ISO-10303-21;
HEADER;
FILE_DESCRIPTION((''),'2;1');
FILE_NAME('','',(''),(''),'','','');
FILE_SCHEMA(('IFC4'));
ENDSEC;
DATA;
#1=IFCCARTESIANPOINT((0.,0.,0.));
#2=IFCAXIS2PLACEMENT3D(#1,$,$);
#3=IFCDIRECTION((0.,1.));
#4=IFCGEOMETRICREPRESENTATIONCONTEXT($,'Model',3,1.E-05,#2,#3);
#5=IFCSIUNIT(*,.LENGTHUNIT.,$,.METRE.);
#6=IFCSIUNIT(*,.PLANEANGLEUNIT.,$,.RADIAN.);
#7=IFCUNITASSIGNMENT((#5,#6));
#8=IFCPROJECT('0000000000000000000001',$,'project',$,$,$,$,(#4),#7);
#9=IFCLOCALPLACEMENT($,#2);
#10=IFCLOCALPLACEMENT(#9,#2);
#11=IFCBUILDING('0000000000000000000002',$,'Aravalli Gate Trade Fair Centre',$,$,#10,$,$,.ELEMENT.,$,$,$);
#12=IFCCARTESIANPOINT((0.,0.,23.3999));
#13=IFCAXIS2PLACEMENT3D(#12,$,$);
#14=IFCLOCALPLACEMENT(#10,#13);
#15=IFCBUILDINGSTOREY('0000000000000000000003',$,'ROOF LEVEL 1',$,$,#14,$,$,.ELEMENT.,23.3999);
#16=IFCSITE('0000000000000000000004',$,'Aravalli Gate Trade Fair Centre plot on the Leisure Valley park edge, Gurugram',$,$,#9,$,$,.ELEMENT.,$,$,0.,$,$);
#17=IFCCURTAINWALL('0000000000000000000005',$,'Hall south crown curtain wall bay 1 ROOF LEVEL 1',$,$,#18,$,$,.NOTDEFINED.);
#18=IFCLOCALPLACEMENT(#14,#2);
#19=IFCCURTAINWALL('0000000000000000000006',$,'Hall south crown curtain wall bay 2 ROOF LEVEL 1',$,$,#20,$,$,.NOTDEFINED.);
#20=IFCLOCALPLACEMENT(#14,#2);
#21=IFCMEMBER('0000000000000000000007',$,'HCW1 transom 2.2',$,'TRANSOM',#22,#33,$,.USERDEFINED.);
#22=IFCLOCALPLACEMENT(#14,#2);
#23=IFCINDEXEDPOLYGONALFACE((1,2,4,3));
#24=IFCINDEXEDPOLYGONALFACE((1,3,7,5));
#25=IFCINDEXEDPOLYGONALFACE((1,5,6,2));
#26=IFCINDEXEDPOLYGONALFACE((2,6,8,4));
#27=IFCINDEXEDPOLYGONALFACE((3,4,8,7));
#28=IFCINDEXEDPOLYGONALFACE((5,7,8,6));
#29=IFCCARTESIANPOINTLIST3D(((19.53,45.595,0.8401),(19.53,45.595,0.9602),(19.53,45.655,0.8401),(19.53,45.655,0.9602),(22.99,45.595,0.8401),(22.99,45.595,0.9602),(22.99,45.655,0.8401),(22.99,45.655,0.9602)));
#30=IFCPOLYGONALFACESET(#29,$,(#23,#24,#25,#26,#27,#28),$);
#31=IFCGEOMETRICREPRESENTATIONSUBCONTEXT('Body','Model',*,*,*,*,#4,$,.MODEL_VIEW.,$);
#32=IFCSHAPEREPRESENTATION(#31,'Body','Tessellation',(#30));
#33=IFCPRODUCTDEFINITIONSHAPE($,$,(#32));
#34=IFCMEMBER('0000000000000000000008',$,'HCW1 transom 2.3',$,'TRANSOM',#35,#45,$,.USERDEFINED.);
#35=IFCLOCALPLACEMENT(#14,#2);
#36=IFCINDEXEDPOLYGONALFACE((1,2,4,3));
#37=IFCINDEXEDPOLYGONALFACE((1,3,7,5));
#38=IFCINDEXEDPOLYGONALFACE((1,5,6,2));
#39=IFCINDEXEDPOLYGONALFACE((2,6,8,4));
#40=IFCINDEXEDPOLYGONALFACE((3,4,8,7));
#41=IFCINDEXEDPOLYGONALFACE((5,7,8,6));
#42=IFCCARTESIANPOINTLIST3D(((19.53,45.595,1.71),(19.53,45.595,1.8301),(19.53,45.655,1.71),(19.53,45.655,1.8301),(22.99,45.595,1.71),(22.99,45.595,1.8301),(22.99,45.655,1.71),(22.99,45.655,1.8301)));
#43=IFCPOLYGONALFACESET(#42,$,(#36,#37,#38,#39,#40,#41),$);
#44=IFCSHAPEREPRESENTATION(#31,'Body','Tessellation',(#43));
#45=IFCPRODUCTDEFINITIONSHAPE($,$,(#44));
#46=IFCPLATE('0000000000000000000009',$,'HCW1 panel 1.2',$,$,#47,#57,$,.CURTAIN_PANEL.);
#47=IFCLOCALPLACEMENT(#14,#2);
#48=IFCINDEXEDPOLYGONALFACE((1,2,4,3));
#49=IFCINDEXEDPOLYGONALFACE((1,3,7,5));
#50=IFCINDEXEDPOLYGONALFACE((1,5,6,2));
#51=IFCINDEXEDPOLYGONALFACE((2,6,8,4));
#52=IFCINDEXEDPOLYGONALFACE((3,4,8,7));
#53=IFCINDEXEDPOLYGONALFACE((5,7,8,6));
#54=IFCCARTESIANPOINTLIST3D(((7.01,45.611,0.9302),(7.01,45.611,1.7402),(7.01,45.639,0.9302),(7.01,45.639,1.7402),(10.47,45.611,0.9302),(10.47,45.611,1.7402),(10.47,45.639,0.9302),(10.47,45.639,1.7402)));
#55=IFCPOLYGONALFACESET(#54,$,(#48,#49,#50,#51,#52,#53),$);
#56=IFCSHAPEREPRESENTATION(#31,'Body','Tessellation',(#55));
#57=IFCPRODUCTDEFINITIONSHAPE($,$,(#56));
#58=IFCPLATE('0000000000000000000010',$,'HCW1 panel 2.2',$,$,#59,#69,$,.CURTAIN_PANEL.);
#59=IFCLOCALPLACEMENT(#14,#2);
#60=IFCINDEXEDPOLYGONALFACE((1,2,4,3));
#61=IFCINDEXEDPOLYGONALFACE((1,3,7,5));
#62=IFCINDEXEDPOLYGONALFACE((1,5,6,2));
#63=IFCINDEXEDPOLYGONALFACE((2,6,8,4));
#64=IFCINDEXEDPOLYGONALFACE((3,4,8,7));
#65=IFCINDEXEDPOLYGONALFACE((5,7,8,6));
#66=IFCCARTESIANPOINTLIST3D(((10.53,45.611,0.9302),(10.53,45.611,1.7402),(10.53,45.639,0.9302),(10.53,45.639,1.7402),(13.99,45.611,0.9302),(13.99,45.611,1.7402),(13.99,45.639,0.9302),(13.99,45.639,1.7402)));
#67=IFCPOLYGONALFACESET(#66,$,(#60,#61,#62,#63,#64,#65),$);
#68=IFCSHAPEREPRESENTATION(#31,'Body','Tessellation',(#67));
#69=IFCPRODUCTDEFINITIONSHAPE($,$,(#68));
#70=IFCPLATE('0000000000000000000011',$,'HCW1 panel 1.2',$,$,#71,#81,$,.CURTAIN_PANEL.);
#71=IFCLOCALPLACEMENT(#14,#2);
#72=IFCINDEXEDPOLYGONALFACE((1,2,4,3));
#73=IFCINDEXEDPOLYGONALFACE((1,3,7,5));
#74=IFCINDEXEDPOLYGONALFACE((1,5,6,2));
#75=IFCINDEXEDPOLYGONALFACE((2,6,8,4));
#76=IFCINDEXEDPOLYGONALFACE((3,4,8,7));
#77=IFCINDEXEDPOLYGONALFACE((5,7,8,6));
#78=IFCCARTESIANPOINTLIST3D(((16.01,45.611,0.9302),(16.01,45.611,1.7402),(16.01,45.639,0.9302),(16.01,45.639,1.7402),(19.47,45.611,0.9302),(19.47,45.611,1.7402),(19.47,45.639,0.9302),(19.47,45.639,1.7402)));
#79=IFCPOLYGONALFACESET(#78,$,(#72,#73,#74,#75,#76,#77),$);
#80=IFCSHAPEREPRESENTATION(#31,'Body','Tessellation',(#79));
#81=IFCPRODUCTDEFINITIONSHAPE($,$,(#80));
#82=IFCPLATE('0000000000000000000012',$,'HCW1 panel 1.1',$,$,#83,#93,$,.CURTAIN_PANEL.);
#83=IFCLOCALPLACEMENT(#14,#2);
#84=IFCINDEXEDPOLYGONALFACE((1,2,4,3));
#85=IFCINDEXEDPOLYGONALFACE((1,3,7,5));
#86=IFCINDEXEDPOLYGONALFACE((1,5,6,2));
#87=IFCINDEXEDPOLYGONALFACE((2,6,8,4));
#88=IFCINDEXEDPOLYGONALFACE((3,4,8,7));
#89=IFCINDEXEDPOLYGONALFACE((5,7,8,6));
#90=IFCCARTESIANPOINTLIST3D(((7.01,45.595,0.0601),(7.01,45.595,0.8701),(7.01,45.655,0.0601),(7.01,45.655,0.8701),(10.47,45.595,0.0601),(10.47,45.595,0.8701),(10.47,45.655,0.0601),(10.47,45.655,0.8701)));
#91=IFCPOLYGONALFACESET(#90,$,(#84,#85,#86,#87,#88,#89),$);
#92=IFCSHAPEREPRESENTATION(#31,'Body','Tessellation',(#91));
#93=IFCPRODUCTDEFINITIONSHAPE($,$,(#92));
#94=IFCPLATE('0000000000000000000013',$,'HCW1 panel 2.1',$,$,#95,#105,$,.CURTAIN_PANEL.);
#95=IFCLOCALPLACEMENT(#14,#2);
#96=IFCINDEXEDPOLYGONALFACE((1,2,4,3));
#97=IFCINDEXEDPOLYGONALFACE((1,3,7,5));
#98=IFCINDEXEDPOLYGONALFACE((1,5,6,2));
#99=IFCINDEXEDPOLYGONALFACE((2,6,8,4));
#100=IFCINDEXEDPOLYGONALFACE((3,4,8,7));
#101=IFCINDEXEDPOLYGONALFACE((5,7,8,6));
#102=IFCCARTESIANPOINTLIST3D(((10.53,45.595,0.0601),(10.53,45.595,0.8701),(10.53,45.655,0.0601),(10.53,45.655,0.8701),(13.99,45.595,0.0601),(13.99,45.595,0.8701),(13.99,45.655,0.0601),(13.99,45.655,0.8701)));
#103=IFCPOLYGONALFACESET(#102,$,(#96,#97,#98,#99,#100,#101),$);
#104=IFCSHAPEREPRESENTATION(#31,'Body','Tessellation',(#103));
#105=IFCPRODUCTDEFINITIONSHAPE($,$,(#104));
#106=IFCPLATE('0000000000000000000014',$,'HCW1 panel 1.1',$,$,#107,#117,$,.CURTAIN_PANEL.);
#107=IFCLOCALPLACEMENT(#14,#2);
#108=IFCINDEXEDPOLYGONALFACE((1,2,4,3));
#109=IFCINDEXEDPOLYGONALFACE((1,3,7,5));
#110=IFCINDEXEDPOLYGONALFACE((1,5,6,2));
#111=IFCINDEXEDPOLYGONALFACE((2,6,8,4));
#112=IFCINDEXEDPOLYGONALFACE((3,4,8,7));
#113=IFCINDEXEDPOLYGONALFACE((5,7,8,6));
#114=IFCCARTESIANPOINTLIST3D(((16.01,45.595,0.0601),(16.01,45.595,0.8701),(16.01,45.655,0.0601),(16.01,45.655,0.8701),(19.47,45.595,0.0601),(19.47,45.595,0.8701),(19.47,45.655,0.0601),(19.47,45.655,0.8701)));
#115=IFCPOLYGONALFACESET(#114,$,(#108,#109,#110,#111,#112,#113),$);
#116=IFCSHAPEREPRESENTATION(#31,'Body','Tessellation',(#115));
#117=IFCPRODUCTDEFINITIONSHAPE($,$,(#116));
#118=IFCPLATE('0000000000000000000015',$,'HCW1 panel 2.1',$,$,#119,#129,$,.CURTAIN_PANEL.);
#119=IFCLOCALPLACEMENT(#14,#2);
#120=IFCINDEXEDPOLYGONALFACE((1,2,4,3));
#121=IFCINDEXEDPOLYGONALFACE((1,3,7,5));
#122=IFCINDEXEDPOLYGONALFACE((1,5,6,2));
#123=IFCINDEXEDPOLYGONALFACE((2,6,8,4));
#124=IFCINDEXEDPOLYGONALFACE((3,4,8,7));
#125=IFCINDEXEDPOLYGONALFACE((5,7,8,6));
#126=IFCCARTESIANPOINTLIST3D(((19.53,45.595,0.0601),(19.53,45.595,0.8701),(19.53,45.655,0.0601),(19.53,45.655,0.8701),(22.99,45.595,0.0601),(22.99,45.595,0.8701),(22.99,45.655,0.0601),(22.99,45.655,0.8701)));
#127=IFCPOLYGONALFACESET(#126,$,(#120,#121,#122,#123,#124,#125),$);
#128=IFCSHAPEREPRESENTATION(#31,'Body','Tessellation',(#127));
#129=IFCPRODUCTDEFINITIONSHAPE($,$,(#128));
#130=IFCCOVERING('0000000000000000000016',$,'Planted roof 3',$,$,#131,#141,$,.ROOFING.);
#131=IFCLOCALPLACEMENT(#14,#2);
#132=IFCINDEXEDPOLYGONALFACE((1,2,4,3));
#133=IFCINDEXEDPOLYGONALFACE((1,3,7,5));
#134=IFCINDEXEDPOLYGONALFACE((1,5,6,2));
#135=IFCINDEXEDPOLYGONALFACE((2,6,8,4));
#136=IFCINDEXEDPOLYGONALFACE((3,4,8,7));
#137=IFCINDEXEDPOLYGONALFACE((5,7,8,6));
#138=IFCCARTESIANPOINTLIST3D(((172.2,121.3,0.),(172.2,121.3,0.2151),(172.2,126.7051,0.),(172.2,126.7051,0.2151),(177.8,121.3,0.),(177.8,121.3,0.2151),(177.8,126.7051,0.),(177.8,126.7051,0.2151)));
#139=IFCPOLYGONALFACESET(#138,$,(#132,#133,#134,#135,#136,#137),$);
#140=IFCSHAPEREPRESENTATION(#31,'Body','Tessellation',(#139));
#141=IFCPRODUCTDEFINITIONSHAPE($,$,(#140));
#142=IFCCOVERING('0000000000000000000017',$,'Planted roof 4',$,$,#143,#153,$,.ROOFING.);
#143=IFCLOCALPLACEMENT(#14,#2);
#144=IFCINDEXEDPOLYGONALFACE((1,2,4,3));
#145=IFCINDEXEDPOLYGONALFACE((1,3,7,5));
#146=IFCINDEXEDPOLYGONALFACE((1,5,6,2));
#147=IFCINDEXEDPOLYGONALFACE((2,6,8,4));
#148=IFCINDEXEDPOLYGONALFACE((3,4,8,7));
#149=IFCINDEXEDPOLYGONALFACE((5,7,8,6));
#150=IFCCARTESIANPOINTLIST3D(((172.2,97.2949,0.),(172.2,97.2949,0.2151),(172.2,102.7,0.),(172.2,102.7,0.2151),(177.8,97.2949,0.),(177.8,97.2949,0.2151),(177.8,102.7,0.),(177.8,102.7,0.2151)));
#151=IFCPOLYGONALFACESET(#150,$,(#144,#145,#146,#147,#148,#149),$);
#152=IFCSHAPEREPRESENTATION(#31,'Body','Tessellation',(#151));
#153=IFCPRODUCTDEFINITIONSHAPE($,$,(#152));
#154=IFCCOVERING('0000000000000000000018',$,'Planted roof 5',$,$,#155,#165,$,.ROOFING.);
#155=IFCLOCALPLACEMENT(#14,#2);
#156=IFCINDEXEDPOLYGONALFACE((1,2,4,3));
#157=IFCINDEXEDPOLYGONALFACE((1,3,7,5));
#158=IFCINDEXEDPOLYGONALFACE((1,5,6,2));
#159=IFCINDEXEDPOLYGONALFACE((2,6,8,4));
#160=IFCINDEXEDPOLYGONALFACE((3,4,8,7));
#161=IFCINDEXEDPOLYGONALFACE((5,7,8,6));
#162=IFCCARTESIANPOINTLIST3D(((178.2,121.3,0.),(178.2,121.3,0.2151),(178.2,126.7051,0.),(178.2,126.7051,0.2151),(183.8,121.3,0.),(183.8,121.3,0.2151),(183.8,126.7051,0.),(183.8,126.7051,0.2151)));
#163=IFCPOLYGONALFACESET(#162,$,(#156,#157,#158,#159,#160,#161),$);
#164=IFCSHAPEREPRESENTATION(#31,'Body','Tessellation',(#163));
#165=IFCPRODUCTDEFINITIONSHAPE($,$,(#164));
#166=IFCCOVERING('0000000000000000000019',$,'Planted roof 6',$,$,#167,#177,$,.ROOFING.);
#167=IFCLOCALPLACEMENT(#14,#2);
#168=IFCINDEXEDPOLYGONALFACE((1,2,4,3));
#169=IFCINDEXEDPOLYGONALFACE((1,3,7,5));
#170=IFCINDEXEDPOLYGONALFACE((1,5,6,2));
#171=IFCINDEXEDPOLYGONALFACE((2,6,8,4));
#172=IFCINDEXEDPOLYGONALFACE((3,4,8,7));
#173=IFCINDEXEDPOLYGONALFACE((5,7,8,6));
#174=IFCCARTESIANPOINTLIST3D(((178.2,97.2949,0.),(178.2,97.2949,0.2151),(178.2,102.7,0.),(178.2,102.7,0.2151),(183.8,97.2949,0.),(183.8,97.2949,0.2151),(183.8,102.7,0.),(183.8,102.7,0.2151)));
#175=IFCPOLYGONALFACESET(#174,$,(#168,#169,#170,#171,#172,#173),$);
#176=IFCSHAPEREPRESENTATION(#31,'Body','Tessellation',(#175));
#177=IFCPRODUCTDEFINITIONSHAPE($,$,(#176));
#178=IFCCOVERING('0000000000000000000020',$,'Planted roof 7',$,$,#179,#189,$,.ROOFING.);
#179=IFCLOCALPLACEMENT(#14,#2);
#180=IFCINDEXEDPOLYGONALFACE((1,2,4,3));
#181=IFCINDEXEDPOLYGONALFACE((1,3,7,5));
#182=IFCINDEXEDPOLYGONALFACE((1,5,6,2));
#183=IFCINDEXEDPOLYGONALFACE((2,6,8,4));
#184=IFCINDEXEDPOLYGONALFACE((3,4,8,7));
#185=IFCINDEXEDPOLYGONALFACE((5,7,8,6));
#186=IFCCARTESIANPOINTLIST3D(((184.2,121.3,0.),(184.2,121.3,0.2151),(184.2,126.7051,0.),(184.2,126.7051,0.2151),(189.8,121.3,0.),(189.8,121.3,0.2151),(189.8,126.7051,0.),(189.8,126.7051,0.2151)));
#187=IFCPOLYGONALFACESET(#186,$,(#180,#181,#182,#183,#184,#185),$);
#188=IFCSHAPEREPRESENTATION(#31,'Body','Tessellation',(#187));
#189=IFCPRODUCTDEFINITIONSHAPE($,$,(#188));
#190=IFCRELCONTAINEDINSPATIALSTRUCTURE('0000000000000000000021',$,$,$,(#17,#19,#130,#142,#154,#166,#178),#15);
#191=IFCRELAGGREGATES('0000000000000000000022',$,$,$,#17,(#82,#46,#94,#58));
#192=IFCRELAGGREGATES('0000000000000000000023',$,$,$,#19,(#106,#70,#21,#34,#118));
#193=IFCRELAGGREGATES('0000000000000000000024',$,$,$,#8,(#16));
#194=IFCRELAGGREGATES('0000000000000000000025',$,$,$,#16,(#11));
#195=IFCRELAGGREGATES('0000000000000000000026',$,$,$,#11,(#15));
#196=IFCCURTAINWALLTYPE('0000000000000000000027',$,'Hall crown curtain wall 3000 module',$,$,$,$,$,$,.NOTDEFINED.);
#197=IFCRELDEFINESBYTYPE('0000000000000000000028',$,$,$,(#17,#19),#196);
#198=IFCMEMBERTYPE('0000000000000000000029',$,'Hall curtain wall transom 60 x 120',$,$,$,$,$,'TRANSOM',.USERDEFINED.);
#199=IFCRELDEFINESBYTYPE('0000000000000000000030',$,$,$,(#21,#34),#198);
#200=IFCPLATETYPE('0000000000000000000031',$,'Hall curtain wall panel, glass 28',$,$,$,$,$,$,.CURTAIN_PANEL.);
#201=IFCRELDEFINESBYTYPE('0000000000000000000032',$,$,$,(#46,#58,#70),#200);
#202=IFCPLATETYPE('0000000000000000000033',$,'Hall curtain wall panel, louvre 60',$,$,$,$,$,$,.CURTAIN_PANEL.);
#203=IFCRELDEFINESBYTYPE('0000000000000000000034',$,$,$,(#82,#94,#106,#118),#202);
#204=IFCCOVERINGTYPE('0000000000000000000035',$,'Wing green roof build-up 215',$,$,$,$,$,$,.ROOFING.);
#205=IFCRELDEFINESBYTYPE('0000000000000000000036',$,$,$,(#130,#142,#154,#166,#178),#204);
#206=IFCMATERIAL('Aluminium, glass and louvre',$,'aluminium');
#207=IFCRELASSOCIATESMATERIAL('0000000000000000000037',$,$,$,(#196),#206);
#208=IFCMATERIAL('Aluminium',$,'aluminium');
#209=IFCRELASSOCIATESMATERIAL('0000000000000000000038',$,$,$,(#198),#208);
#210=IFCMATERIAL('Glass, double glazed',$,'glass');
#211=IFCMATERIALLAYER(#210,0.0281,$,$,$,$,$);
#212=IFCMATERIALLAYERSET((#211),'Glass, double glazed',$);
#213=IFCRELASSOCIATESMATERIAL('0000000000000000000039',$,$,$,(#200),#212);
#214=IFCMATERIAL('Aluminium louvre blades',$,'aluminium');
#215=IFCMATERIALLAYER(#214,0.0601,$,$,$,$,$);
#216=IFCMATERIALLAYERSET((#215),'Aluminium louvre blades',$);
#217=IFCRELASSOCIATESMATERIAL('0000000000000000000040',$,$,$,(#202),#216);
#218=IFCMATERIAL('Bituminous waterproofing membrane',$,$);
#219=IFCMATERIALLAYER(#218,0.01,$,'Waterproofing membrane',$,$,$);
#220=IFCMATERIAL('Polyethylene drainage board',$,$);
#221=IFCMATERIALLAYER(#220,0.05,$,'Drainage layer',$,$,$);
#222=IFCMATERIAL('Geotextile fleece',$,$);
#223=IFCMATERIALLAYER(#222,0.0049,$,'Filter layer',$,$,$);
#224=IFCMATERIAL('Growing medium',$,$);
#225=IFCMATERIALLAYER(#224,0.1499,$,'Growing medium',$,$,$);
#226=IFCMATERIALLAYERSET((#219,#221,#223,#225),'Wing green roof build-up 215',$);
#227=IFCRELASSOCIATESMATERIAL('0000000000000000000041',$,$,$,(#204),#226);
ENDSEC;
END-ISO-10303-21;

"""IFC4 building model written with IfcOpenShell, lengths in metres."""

from ifc_helpers import new_model, si_unit, direction, frame, origin, origin_2d, place, context, subcontext, project, spatial, polyline, rectangle, outline, extrude, material, layer, layer_set, material_profile, profile_set, type_object, element, aggregate, save


model = new_model("IFC4")

# Units and contexts
model_context = context("Model", 3, precision=1e-05, world=origin(), true_north=direction((0.0, 1.0)))
body_context = subcontext(model_context, "Body", "Model", "MODEL_VIEW")
ifc_project = project(units=[si_unit("LENGTHUNIT", "METRE"), si_unit("PLANEANGLEUNIT", "RADIAN")], contexts=[model_context])

# Site, building, storey
site_placement = place(None, origin())
site = spatial("IfcSite", under=ifc_project, at=site_placement, Name="Aravalli Gate Trade Fair Centre plot on the Leisure Valley park edge, Gurugram", CompositionType="ELEMENT", RefElevation=0.0)
building_placement = place(site_placement, origin())
building = spatial("IfcBuilding", under=site, at=building_placement, Name="Aravalli Gate Trade Fair Centre", CompositionType="ELEMENT")
storey_placement = place(building_placement, frame((0.0, 0.0, 23.3999)))
storey = spatial("IfcBuildingStorey", under=building, at=storey_placement, Name="ROOF LEVEL 1", CompositionType="ELEMENT", Elevation=23.3999)

# Curtain walls
ifc_material_1 = material(Name="Aluminium, glass and louvre", Category="aluminium")
curtain_wall_type = type_object("IfcCurtainWallType", Name="Hall crown curtain wall 3000 module", PredefinedType="NOTDEFINED", material=ifc_material_1)
curtain_wall_1_placement = place(storey_placement, origin())
curtain_wall_1 = element("IfcCurtainWall", 1, at=curtain_wall_1_placement, inside=storey, type_object=curtain_wall_type, Name="Hall south crown curtain wall bay 1 ROOF LEVEL 1", PredefinedType="NOTDEFINED")
ifc_material_2 = material(Name="Aluminium", Category="aluminium")
curtain_wall_2_placement = place(storey_placement, origin())
curtain_wall_2 = element("IfcCurtainWall", 2, at=curtain_wall_2_placement, inside=storey, type_object=curtain_wall_type, Name="Hall south crown curtain wall bay 2 ROOF LEVEL 1", PredefinedType="NOTDEFINED")

# Members
ifc_material_profile_1 = material_profile(ifc_material_2, rectangle(XDim=0.0601, YDim=0.1201, at=origin_2d()), Name="Hall curtain wall transom 60 x 120")
ifc_profile_set_1 = profile_set([ifc_material_profile_1], Name="Aluminium")
member_type_1 = type_object("IfcMemberType", Name="Hall curtain wall transom 60 x 120", ElementType="TRANSOM", PredefinedType="USERDEFINED", material=ifc_profile_set_1)
member_1_placement = place(storey_placement, frame((19.53, 45.625, 0.9001), z_axis=(1.0, 0.0, 0.0), x_axis=(0.0, 1.0, 0.0)))
member_1 = element("IfcMember", 3, at=member_1_placement, type_object=member_type_1, Name="HCW1 transom 2.2", ObjectType="TRANSOM", PredefinedType="USERDEFINED", context=body_context, shape_type="SweptSolid", body=[
    extrude(rectangle(XDim=0.0601, YDim=0.1201, at=origin_2d()), origin(), (0.0, 0.0, 1.0), 3.46),
])
member_2_placement = place(storey_placement, frame((19.53, 45.625, 1.77), z_axis=(1.0, 0.0, 0.0), x_axis=(0.0, 1.0, 0.0)))
member_2 = element("IfcMember", 4, at=member_2_placement, type_object=member_type_1, Name="HCW1 transom 2.3", ObjectType="TRANSOM", PredefinedType="USERDEFINED", context=body_context, shape_type="SweptSolid", body=[
    extrude(rectangle(XDim=0.0601, YDim=0.1201, at=origin_2d()), origin(), (0.0, 0.0, 1.0), 3.46),
])

# Plates
ifc_material_3 = material(Name="Glass, double glazed", Category="glass")
ifc_layer_1 = layer(ifc_material_3, 0.0281)
ifc_layer_set_1 = layer_set([ifc_layer_1], Name="Glass, double glazed")
plate_type_1 = type_object("IfcPlateType", Name="Hall curtain wall panel, glass 28", PredefinedType="CURTAIN_PANEL", material=ifc_layer_set_1)
plate_1_placement = place(storey_placement, frame((8.74, 45.625, 0.9302), z_axis=(0.0, 0.0, 1.0), x_axis=(1.0, 0.0, 0.0)))
plate_1 = element("IfcPlate", 5, at=plate_1_placement, type_object=plate_type_1, Name="HCW1 panel 1.2", PredefinedType="CURTAIN_PANEL", context=body_context, shape_type="SweptSolid", body=[
    extrude(rectangle(XDim=3.46, YDim=0.0281, at=origin_2d()), origin(), (0.0, 0.0, 1.0), 0.8101),
])
plate_2_placement = place(storey_placement, frame((12.26, 45.625, 0.9302), z_axis=(0.0, 0.0, 1.0), x_axis=(1.0, 0.0, 0.0)))
plate_2 = element("IfcPlate", 6, at=plate_2_placement, type_object=plate_type_1, Name="HCW1 panel 2.2", PredefinedType="CURTAIN_PANEL", context=body_context, shape_type="SweptSolid", body=[
    extrude(rectangle(XDim=3.46, YDim=0.0281, at=origin_2d()), origin(), (0.0, 0.0, 1.0), 0.8101),
])
plate_3_placement = place(storey_placement, frame((17.74, 45.625, 0.9302), z_axis=(0.0, 0.0, 1.0), x_axis=(1.0, 0.0, 0.0)))
plate_3 = element("IfcPlate", 7, at=plate_3_placement, type_object=plate_type_1, Name="HCW1 panel 1.2", PredefinedType="CURTAIN_PANEL", context=body_context, shape_type="SweptSolid", body=[
    extrude(rectangle(XDim=3.46, YDim=0.0281, at=origin_2d()), origin(), (0.0, 0.0, 1.0), 0.8101),
])
ifc_material_4 = material(Name="Aluminium louvre blades", Category="aluminium")
ifc_layer_2 = layer(ifc_material_4, 0.0601)
ifc_layer_set_2 = layer_set([ifc_layer_2], Name="Aluminium louvre blades")
plate_type_2 = type_object("IfcPlateType", Name="Hall curtain wall panel, louvre 60", PredefinedType="CURTAIN_PANEL", material=ifc_layer_set_2)
plate_4_placement = place(storey_placement, frame((8.74, 45.625, 0.0601), z_axis=(0.0, 0.0, 1.0), x_axis=(1.0, 0.0, 0.0)))
plate_4 = element("IfcPlate", 8, at=plate_4_placement, type_object=plate_type_2, Name="HCW1 panel 1.1", PredefinedType="CURTAIN_PANEL", context=body_context, shape_type="SweptSolid", body=[
    extrude(rectangle(XDim=3.46, YDim=0.0601, at=origin_2d()), origin(), (0.0, 0.0, 1.0), 0.8101),
])
plate_5_placement = place(storey_placement, frame((12.26, 45.625, 0.0601), z_axis=(0.0, 0.0, 1.0), x_axis=(1.0, 0.0, 0.0)))
plate_5 = element("IfcPlate", 9, at=plate_5_placement, type_object=plate_type_2, Name="HCW1 panel 2.1", PredefinedType="CURTAIN_PANEL", context=body_context, shape_type="SweptSolid", body=[
    extrude(rectangle(XDim=3.46, YDim=0.0601, at=origin_2d()), origin(), (0.0, 0.0, 1.0), 0.8101),
])
aggregate(curtain_wall_1, [plate_4, plate_1, plate_5, plate_2])
plate_6_placement = place(storey_placement, frame((17.74, 45.625, 0.0601), z_axis=(0.0, 0.0, 1.0), x_axis=(1.0, 0.0, 0.0)))
plate_6 = element("IfcPlate", 10, at=plate_6_placement, type_object=plate_type_2, Name="HCW1 panel 1.1", PredefinedType="CURTAIN_PANEL", context=body_context, shape_type="SweptSolid", body=[
    extrude(rectangle(XDim=3.46, YDim=0.0601, at=origin_2d()), origin(), (0.0, 0.0, 1.0), 0.8101),
])
plate_7_placement = place(storey_placement, frame((21.26, 45.625, 0.0601), z_axis=(0.0, 0.0, 1.0), x_axis=(1.0, 0.0, 0.0)))
plate_7 = element("IfcPlate", 11, at=plate_7_placement, type_object=plate_type_2, Name="HCW1 panel 2.1", PredefinedType="CURTAIN_PANEL", context=body_context, shape_type="SweptSolid", body=[
    extrude(rectangle(XDim=3.46, YDim=0.0601, at=origin_2d()), origin(), (0.0, 0.0, 1.0), 0.8101),
])
aggregate(curtain_wall_2, [plate_6, plate_3, member_1, member_2, plate_7])

# Coverings
ifc_material_5 = material(Name="Bituminous waterproofing membrane")
ifc_layer_3 = layer(ifc_material_5, 0.01, Name="Waterproofing membrane")
ifc_material_6 = material(Name="Polyethylene drainage board")
ifc_layer_4 = layer(ifc_material_6, 0.05, Name="Drainage layer")
ifc_material_7 = material(Name="Geotextile fleece")
ifc_layer_5 = layer(ifc_material_7, 0.0049, Name="Filter layer")
ifc_material_8 = material(Name="Growing medium")
ifc_layer_6 = layer(ifc_material_8, 0.1499, Name="Growing medium")
ifc_layer_set_3 = layer_set([ifc_layer_3, ifc_layer_4, ifc_layer_5, ifc_layer_6], Name="Wing green roof build-up 215")
covering_type = type_object("IfcCoveringType", Name="Wing green roof build-up 215", PredefinedType="ROOFING", material=ifc_layer_set_3)
covering_1_placement = place(storey_placement, origin())
element("IfcCovering", 12, at=covering_1_placement, inside=storey, type_object=covering_type, Name="Planted roof 3", PredefinedType="ROOFING", context=body_context, shape_type="SweptSolid", body=[
    extrude(outline(polyline([(177.8, 126.7051), (177.8, 121.3), (172.2, 121.3), (172.2, 126.7051), (177.8, 126.7051)])), origin(), (0.0, 0.0, 1.0), 0.2151),
])
covering_2_placement = place(storey_placement, origin())
element("IfcCovering", 13, at=covering_2_placement, inside=storey, type_object=covering_type, Name="Planted roof 4", PredefinedType="ROOFING", context=body_context, shape_type="SweptSolid", body=[
    extrude(outline(polyline([(172.2, 97.2949), (172.2, 102.7), (177.8, 102.7), (177.8, 97.2949), (172.2, 97.2949)])), origin(), (0.0, 0.0, 1.0), 0.2151),
])
covering_3_placement = place(storey_placement, origin())
element("IfcCovering", 14, at=covering_3_placement, inside=storey, type_object=covering_type, Name="Planted roof 5", PredefinedType="ROOFING", context=body_context, shape_type="SweptSolid", body=[
    extrude(outline(polyline([(183.8, 126.7051), (183.8, 121.3), (178.2, 121.3), (178.2, 126.7051), (183.8, 126.7051)])), origin(), (0.0, 0.0, 1.0), 0.2151),
])
covering_4_placement = place(storey_placement, origin())
element("IfcCovering", 15, at=covering_4_placement, inside=storey, type_object=covering_type, Name="Planted roof 6", PredefinedType="ROOFING", context=body_context, shape_type="SweptSolid", body=[
    extrude(outline(polyline([(178.2, 97.2949), (178.2, 102.7), (183.8, 102.7), (183.8, 97.2949), (178.2, 97.2949)])), origin(), (0.0, 0.0, 1.0), 0.2151),
])
covering_5_placement = place(storey_placement, origin())
element("IfcCovering", 16, at=covering_5_placement, inside=storey, type_object=covering_type, Name="Planted roof 7", PredefinedType="ROOFING", context=body_context, shape_type="SweptSolid", body=[
    extrude(outline(polyline([(189.8, 126.7051), (189.8, 121.3), (184.2, 121.3), (184.2, 126.7051), (189.8, 126.7051)])), origin(), (0.0, 0.0, 1.0), 0.2151),
])

save(model, "model.ifc")
